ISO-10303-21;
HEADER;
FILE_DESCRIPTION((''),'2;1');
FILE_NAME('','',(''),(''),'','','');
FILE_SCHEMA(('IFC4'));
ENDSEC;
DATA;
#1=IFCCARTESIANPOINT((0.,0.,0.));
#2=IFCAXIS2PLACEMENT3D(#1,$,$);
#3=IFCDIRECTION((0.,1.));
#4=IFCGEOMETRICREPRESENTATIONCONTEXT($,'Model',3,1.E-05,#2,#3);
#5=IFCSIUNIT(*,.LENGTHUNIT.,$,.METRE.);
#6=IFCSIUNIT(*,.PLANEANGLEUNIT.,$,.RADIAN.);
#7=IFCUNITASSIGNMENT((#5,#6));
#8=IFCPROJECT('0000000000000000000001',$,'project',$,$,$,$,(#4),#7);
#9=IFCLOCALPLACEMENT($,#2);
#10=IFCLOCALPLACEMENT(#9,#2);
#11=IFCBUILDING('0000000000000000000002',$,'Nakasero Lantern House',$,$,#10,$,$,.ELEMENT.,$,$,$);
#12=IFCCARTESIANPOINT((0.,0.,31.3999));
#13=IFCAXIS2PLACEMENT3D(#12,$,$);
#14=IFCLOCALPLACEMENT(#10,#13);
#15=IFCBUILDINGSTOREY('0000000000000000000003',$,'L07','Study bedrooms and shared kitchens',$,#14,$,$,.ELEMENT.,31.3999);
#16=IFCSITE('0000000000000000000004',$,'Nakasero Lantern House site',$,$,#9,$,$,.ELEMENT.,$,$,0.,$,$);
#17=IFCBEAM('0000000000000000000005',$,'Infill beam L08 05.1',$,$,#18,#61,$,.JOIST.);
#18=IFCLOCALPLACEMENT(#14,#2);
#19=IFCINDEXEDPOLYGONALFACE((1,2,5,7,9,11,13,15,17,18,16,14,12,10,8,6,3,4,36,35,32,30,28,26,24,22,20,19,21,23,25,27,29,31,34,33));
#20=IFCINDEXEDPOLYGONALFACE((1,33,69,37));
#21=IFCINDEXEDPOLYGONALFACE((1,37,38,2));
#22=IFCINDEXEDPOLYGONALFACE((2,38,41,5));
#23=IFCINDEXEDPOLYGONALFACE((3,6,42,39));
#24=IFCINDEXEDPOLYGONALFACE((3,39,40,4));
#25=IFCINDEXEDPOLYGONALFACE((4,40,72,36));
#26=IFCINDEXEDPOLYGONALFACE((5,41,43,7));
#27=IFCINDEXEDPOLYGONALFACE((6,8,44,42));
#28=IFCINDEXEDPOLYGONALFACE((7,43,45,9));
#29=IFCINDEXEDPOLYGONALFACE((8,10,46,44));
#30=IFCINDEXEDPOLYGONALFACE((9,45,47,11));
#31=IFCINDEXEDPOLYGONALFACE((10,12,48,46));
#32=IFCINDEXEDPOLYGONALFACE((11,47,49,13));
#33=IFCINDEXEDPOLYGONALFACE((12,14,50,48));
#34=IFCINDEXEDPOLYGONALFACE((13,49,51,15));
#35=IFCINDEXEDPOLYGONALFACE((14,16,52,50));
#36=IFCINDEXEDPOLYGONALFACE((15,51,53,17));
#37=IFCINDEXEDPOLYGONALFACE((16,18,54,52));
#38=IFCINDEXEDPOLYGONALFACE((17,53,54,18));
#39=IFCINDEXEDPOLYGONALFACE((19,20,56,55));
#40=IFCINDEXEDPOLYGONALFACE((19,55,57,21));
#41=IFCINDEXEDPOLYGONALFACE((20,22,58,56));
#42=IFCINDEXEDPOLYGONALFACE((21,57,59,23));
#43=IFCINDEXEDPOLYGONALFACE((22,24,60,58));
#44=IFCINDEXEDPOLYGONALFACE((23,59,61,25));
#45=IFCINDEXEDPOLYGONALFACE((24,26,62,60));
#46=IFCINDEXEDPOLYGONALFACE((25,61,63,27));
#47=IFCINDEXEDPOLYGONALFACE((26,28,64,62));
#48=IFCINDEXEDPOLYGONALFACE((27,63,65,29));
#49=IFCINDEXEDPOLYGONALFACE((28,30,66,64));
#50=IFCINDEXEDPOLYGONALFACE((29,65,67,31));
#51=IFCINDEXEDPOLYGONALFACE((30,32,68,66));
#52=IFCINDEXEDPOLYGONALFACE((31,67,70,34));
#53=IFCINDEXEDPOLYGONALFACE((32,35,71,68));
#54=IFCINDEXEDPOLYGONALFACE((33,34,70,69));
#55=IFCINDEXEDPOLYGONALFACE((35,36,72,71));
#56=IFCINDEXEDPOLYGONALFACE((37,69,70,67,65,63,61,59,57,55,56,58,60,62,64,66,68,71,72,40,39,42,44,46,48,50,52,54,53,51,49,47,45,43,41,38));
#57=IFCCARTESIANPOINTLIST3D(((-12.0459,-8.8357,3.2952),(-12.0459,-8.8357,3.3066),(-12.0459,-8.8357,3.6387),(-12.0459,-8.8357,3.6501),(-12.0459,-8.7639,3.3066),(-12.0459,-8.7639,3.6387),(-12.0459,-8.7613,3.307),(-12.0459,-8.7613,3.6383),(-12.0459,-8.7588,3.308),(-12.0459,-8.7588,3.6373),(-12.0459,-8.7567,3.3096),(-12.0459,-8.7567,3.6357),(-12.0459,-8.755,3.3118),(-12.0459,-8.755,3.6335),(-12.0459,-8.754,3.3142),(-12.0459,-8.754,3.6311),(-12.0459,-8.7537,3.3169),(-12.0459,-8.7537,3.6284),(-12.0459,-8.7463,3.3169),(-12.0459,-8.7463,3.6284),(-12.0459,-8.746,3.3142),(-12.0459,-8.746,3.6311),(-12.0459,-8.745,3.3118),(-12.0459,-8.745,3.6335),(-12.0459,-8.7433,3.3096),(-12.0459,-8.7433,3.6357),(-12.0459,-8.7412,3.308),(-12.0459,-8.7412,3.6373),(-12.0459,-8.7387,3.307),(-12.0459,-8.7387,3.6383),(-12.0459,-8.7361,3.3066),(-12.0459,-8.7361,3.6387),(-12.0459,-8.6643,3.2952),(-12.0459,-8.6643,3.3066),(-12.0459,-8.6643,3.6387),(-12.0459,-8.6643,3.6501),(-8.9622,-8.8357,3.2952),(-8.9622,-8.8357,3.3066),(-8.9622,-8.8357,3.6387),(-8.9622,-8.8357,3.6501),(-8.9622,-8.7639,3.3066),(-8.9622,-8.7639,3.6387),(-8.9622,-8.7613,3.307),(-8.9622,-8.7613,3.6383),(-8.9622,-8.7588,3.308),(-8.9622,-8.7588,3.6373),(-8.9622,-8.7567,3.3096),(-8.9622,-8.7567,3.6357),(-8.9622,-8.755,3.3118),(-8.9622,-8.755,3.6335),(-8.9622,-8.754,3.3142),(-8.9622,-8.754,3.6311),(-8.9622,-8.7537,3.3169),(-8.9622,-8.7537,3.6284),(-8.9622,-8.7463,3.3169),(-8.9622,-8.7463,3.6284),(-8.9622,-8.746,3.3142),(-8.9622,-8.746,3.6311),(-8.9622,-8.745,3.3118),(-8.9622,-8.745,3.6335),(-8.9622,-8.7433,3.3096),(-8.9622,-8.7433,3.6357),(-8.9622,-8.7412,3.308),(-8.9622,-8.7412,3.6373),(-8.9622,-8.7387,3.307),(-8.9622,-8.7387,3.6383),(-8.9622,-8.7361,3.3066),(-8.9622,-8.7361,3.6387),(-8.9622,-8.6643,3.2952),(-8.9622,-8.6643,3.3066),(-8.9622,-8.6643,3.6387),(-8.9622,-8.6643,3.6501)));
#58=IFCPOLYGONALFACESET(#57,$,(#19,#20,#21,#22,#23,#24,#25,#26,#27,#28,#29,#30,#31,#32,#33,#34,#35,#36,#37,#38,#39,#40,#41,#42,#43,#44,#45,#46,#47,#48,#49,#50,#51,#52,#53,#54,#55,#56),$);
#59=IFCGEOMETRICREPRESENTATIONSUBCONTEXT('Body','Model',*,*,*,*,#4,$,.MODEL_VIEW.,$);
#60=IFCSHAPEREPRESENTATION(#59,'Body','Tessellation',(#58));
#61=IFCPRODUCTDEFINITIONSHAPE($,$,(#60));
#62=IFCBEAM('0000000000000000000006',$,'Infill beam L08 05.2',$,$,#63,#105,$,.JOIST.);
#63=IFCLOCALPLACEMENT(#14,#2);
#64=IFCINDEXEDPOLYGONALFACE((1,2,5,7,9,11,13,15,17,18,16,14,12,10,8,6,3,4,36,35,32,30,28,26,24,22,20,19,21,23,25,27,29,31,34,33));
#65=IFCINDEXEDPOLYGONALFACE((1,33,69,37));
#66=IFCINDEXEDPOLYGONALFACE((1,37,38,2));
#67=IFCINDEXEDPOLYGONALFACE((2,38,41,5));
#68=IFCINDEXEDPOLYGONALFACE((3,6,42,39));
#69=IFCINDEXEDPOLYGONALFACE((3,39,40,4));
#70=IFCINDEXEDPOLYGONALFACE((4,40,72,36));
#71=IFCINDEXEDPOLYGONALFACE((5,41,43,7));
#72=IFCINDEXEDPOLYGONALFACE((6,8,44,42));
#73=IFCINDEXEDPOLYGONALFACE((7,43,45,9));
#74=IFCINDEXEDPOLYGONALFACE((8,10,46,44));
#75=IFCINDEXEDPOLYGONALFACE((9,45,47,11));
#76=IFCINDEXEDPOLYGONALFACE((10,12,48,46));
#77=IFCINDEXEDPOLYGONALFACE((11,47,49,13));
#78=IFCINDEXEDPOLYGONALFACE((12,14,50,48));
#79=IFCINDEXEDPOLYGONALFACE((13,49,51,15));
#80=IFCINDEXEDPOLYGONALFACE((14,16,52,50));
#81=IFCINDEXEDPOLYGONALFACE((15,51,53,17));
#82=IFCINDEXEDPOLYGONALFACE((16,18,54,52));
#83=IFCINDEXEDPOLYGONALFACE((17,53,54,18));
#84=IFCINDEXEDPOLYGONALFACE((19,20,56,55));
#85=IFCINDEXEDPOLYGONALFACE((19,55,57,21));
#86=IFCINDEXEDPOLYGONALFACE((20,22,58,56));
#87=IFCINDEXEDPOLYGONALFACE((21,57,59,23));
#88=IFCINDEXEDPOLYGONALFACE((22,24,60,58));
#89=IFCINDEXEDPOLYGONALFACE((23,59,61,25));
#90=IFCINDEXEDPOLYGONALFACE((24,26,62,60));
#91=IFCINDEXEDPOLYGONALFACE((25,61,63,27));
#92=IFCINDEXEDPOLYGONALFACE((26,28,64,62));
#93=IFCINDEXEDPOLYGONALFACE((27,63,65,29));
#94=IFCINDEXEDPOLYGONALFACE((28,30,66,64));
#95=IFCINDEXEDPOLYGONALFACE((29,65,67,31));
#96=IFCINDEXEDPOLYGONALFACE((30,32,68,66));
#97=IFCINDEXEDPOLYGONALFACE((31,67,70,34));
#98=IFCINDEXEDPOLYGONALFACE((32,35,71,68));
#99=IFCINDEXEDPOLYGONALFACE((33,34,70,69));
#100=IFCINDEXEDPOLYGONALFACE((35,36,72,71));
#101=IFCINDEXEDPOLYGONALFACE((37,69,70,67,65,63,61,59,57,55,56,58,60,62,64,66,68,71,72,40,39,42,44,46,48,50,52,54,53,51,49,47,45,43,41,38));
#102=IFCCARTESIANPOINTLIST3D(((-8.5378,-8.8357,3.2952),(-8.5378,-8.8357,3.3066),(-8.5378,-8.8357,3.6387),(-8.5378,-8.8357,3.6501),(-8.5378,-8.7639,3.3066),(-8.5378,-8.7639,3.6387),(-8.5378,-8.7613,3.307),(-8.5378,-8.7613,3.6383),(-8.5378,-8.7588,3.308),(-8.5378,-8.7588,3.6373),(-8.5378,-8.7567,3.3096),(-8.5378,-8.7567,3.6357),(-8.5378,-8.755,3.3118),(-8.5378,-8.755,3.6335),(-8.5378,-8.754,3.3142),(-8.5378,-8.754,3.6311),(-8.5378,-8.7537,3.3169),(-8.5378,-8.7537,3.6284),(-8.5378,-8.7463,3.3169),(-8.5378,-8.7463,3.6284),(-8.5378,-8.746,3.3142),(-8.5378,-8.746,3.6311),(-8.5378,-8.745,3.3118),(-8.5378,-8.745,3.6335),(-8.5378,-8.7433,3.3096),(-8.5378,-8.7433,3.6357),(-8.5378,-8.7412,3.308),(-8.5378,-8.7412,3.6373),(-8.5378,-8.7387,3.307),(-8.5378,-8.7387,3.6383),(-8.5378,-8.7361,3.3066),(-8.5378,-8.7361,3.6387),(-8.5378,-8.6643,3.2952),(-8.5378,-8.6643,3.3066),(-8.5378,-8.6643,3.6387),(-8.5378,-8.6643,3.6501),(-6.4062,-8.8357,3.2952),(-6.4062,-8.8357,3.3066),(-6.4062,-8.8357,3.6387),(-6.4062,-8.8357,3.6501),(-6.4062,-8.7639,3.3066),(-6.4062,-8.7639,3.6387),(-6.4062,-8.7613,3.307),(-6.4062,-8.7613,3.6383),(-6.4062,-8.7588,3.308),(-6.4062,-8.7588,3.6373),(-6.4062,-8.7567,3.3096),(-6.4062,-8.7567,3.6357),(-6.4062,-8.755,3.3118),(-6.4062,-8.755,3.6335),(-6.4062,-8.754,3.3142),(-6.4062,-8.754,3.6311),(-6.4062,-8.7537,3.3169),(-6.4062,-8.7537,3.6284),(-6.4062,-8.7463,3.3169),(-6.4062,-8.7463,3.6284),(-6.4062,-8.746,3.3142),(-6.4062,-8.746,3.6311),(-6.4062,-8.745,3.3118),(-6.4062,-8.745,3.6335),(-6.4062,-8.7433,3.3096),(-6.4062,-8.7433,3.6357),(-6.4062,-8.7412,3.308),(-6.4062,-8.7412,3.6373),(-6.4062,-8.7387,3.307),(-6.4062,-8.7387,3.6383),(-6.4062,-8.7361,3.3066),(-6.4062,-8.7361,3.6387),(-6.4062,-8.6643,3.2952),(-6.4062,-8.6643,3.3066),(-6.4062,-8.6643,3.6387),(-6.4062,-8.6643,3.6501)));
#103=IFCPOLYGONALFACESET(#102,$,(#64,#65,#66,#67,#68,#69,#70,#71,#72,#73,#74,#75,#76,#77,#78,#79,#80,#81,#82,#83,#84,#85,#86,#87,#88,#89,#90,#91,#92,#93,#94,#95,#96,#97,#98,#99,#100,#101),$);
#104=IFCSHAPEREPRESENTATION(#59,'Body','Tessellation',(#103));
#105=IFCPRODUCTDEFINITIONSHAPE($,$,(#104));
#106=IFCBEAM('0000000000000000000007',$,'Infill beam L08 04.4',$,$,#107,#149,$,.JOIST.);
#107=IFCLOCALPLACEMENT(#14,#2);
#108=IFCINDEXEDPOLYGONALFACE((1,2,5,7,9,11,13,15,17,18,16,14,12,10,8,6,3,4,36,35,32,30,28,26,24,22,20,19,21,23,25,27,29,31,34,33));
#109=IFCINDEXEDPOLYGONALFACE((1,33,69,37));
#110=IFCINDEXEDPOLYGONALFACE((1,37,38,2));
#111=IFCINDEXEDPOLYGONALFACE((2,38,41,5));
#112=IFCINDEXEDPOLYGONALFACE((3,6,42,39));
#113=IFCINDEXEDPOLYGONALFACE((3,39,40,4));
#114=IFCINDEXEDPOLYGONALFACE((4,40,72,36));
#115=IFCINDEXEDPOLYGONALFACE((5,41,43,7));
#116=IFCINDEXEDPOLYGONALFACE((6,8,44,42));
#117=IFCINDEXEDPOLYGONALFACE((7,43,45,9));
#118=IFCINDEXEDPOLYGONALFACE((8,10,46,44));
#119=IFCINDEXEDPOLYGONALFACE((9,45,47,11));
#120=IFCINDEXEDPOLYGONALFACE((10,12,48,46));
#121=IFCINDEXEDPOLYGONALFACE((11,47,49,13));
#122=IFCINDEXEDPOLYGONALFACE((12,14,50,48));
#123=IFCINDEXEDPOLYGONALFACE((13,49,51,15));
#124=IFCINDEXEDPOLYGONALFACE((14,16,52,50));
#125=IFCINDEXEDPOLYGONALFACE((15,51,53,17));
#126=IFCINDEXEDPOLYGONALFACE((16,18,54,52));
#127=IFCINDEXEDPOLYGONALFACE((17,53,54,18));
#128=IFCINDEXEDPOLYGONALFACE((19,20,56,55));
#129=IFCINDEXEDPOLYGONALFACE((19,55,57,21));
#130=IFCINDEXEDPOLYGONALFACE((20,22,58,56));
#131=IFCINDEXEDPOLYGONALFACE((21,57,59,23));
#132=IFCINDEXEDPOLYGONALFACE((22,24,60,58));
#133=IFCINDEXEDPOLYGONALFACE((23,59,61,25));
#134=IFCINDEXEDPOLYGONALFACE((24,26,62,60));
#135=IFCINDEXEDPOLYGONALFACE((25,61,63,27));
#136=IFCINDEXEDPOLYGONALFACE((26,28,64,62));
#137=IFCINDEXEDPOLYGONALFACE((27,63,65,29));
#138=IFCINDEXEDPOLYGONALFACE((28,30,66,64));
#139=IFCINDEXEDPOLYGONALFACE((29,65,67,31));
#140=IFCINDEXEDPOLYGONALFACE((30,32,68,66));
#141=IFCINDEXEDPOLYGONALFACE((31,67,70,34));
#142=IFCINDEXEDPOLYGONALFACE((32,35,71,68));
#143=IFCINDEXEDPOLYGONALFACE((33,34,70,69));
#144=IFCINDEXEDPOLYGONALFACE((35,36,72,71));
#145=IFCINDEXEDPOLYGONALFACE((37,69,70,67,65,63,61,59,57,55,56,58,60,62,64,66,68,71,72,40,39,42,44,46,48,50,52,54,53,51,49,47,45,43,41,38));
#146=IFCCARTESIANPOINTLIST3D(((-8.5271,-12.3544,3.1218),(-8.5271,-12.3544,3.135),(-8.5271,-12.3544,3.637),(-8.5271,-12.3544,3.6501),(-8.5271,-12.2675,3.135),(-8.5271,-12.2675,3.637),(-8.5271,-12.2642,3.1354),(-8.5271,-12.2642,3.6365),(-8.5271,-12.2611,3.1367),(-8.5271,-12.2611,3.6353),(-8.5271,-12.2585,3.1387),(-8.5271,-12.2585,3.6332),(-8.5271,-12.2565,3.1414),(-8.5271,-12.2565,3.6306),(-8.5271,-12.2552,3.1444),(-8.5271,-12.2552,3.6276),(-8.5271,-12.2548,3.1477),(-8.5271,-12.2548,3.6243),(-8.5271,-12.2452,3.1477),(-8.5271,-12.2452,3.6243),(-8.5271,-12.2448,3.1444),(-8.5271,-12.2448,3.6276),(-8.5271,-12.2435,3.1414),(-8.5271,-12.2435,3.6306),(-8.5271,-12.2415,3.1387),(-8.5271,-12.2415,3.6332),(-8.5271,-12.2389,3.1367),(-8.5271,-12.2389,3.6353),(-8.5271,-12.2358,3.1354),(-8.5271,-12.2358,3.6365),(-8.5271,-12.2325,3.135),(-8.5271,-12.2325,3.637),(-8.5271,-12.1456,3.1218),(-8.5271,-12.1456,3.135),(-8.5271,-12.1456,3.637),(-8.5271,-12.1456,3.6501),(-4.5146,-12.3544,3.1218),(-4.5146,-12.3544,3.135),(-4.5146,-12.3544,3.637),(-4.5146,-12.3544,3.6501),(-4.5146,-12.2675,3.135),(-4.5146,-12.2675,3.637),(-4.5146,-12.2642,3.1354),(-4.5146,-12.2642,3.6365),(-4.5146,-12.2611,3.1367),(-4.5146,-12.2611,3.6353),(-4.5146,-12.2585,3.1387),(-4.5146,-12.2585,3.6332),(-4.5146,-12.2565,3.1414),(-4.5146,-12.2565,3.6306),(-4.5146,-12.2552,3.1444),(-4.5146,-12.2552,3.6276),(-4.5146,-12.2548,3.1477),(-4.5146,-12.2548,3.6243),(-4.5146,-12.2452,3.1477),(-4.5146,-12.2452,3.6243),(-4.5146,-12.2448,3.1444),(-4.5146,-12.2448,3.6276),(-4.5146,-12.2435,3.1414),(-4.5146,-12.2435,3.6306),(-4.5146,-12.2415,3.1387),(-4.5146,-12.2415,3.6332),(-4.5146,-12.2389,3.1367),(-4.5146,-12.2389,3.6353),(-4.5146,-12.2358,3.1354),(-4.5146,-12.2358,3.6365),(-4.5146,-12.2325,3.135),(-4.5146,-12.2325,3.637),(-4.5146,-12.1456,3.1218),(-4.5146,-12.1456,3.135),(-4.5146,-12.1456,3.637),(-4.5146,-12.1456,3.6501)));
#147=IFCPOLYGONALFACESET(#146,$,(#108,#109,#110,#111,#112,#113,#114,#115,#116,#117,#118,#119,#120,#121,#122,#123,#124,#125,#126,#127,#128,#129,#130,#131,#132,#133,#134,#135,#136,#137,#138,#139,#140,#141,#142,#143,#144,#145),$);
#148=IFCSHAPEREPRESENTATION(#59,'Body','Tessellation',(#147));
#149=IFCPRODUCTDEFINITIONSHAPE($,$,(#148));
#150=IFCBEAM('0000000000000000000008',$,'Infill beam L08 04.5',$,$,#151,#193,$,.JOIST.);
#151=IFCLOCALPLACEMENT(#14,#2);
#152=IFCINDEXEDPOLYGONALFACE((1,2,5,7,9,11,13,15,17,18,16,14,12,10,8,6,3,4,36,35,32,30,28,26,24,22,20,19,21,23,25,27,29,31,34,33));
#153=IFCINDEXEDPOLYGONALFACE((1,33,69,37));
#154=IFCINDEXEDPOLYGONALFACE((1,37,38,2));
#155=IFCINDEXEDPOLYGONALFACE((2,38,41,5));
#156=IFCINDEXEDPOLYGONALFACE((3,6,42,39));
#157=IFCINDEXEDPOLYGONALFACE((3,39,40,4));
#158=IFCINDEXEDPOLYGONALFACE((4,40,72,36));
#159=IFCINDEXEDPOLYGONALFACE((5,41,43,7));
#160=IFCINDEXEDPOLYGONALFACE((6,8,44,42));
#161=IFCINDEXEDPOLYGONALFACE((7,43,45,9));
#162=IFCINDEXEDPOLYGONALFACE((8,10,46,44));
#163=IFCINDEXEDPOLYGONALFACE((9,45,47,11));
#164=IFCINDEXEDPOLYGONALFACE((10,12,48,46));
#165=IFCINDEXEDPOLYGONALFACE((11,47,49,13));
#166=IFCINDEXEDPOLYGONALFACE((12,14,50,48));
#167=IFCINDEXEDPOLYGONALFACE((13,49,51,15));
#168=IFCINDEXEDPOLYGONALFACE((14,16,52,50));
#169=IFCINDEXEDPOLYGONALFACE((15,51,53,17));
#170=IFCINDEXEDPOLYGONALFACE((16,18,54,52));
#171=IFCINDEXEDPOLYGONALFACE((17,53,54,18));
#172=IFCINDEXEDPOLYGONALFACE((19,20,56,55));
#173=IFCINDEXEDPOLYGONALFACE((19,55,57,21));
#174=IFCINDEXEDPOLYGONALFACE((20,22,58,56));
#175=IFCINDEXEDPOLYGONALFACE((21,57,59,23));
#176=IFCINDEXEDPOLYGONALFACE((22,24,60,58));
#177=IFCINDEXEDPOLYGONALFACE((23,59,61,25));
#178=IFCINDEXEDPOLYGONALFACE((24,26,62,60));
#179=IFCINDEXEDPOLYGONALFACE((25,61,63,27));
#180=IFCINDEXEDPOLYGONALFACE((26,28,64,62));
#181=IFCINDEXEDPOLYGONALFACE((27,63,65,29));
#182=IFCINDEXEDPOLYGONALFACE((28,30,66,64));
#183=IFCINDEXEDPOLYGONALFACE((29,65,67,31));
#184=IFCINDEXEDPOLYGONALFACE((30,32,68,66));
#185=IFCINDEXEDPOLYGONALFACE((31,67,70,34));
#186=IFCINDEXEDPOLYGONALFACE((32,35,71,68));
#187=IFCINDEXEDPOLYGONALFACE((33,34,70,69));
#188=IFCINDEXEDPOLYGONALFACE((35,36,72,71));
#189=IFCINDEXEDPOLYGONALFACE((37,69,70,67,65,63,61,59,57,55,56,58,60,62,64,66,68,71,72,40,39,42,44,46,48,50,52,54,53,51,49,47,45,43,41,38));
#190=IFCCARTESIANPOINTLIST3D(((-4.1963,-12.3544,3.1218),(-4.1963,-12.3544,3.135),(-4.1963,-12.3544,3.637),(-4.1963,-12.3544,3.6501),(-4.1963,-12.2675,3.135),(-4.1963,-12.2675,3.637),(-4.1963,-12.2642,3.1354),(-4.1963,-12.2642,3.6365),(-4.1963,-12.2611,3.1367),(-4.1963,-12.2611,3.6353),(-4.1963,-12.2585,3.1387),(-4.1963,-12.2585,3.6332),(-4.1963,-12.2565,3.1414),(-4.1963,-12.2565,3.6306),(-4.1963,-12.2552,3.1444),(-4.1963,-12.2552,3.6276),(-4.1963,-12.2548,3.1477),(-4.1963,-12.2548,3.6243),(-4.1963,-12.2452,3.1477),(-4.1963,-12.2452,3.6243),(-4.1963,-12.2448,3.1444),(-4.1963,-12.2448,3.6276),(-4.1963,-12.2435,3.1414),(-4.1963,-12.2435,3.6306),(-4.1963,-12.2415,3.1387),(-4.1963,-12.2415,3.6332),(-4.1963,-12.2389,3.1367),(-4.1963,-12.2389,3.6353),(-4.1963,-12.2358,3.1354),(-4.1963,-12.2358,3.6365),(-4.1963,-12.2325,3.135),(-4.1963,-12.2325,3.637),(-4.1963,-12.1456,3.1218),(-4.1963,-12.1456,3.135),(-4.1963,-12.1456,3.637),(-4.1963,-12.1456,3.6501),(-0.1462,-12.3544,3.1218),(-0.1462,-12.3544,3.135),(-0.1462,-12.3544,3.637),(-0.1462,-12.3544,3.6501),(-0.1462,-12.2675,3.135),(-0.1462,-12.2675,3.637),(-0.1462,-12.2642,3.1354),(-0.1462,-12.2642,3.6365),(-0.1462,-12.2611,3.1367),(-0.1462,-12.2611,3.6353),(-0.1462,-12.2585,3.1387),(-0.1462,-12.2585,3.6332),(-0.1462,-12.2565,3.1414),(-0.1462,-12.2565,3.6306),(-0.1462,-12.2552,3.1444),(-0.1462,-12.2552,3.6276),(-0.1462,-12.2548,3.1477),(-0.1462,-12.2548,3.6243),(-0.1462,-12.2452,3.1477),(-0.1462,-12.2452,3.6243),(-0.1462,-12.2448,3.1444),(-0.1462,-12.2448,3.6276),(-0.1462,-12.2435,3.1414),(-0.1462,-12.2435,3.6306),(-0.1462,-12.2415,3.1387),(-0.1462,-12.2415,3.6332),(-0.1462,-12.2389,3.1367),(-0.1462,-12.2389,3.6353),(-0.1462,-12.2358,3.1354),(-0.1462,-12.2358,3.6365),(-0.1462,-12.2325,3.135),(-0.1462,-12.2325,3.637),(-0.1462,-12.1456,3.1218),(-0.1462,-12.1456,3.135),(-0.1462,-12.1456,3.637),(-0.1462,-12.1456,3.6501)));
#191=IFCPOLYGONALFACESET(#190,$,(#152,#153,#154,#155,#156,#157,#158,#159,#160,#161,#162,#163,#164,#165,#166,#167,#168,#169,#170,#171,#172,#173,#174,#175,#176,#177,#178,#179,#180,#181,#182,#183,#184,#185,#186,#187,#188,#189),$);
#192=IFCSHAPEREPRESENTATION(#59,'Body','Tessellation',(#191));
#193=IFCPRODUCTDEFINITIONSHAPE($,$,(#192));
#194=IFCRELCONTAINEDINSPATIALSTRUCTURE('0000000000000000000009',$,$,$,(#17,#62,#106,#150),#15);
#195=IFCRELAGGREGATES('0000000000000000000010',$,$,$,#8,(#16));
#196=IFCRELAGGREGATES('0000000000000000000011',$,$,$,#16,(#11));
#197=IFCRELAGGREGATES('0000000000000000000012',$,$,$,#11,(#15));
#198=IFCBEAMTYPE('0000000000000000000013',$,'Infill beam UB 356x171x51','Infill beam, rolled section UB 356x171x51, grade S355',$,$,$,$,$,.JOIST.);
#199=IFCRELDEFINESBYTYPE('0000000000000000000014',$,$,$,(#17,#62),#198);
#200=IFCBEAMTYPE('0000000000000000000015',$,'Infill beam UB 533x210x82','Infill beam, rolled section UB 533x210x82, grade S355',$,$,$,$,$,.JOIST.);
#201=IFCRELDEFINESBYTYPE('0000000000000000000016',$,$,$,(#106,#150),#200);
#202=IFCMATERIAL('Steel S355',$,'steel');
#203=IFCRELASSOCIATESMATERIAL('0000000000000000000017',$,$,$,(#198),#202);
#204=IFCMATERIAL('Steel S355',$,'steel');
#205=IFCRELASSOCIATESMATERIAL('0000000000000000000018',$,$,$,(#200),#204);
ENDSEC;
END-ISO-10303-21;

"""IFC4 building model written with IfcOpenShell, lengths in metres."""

from ifc_helpers import new_model, si_unit, direction, frame, origin, origin_2d, place, context, subcontext, project, spatial, i_section, extrude, material, material_profile, profile_set, type_object, element, save


model = new_model("IFC4")

# Units and contexts
model_context = context("Model", 3, precision=1e-05, world=origin(), true_north=direction((0.0, 1.0)))
body_context = subcontext(model_context, "Body", "Model", "MODEL_VIEW")
ifc_project = project(units=[si_unit("LENGTHUNIT", "METRE"), si_unit("PLANEANGLEUNIT", "RADIAN")], contexts=[model_context])

# Site, building, storey
site_placement = place(None, origin())
site = spatial("IfcSite", under=ifc_project, at=site_placement, Name="Nakasero Lantern House site", CompositionType="ELEMENT", RefElevation=0.0)
building_placement = place(site_placement, origin())
building = spatial("IfcBuilding", under=site, at=building_placement, Name="Nakasero Lantern House", CompositionType="ELEMENT")
storey_placement = place(building_placement, frame((0.0, 0.0, 31.3999)))
storey = spatial("IfcBuildingStorey", under=building, at=storey_placement, Name="L07", Description="Study bedrooms and shared kitchens", CompositionType="ELEMENT", Elevation=31.3999)

# Beams
ifc_material_1 = material(Name="Steel S355", Category="steel")
ifc_material_profile_1 = material_profile(ifc_material_1, i_section(OverallWidth=0.1714, OverallDepth=0.355, WebThickness=0.0073, FlangeThickness=0.0115, FilletRadius=0.0103, at=origin_2d()), Name="UB 356x171x51")
ifc_profile_set_1 = profile_set([ifc_material_profile_1], Name="Steel S355")
beam_type_1 = type_object("IfcBeamType", Name="Infill beam UB 356x171x51", Description="Infill beam, rolled section UB 356x171x51, grade S355", PredefinedType="JOIST", material=ifc_profile_set_1)
beam_1_placement = place(storey_placement, frame((-12.0459, -8.75, 3.4727), z_axis=(1.0, 0.0, 0.0), x_axis=(0.0, 1.0, 0.0)))
element("IfcBeam", 1, at=beam_1_placement, inside=storey, type_object=beam_type_1, Name="Infill beam L08 05.1", PredefinedType="JOIST", context=body_context, shape_type="SweptSolid", body=[
    extrude(i_section(OverallWidth=0.1714, OverallDepth=0.355, WebThickness=0.0073, FlangeThickness=0.0115, FilletRadius=0.0103, at=origin_2d()), origin(), (0.0, 0.0, 1.0), 3.0837),
])
beam_2_placement = place(storey_placement, frame((-8.5378, -8.75, 3.4727), z_axis=(1.0, 0.0, 0.0), x_axis=(0.0, 1.0, 0.0)))
element("IfcBeam", 2, at=beam_2_placement, inside=storey, type_object=beam_type_1, Name="Infill beam L08 05.2", PredefinedType="JOIST", context=body_context, shape_type="SweptSolid", body=[
    extrude(i_section(OverallWidth=0.1714, OverallDepth=0.355, WebThickness=0.0073, FlangeThickness=0.0115, FilletRadius=0.0103, at=origin_2d()), origin(), (0.0, 0.0, 1.0), 2.1316),
])
ifc_material_2 = material(Name="Steel S355", Category="steel")
ifc_material_profile_2 = material_profile(ifc_material_2, i_section(OverallWidth=0.2087, OverallDepth=0.5283, WebThickness=0.0095, FlangeThickness=0.0132, FilletRadius=0.0127, at=origin_2d()), Name="UB 533x210x82")
ifc_profile_set_2 = profile_set([ifc_material_profile_2], Name="Steel S355")
beam_type_2 = type_object("IfcBeamType", Name="Infill beam UB 533x210x82", Description="Infill beam, rolled section UB 533x210x82, grade S355", PredefinedType="JOIST", material=ifc_profile_set_2)
beam_3_placement = place(storey_placement, frame((-8.5271, -12.25, 3.386), z_axis=(1.0, 0.0, 0.0), x_axis=(0.0, 1.0, 0.0)))
element("IfcBeam", 3, at=beam_3_placement, inside=storey, type_object=beam_type_2, Name="Infill beam L08 04.4", PredefinedType="JOIST", context=body_context, shape_type="SweptSolid", body=[
    extrude(i_section(OverallWidth=0.2087, OverallDepth=0.5283, WebThickness=0.0095, FlangeThickness=0.0132, FilletRadius=0.0127, at=origin_2d()), origin(), (0.0, 0.0, 1.0), 4.0125),
])
beam_4_placement = place(storey_placement, frame((-4.1963, -12.25, 3.386), z_axis=(1.0, 0.0, 0.0), x_axis=(0.0, 1.0, 0.0)))
element("IfcBeam", 4, at=beam_4_placement, inside=storey, type_object=beam_type_2, Name="Infill beam L08 04.5", PredefinedType="JOIST", context=body_context, shape_type="SweptSolid", body=[
    extrude(i_section(OverallWidth=0.2087, OverallDepth=0.5283, WebThickness=0.0095, FlangeThickness=0.0132, FilletRadius=0.0127, at=origin_2d()), origin(), (0.0, 0.0, 1.0), 4.05),
])

save(model, "model.ifc")
